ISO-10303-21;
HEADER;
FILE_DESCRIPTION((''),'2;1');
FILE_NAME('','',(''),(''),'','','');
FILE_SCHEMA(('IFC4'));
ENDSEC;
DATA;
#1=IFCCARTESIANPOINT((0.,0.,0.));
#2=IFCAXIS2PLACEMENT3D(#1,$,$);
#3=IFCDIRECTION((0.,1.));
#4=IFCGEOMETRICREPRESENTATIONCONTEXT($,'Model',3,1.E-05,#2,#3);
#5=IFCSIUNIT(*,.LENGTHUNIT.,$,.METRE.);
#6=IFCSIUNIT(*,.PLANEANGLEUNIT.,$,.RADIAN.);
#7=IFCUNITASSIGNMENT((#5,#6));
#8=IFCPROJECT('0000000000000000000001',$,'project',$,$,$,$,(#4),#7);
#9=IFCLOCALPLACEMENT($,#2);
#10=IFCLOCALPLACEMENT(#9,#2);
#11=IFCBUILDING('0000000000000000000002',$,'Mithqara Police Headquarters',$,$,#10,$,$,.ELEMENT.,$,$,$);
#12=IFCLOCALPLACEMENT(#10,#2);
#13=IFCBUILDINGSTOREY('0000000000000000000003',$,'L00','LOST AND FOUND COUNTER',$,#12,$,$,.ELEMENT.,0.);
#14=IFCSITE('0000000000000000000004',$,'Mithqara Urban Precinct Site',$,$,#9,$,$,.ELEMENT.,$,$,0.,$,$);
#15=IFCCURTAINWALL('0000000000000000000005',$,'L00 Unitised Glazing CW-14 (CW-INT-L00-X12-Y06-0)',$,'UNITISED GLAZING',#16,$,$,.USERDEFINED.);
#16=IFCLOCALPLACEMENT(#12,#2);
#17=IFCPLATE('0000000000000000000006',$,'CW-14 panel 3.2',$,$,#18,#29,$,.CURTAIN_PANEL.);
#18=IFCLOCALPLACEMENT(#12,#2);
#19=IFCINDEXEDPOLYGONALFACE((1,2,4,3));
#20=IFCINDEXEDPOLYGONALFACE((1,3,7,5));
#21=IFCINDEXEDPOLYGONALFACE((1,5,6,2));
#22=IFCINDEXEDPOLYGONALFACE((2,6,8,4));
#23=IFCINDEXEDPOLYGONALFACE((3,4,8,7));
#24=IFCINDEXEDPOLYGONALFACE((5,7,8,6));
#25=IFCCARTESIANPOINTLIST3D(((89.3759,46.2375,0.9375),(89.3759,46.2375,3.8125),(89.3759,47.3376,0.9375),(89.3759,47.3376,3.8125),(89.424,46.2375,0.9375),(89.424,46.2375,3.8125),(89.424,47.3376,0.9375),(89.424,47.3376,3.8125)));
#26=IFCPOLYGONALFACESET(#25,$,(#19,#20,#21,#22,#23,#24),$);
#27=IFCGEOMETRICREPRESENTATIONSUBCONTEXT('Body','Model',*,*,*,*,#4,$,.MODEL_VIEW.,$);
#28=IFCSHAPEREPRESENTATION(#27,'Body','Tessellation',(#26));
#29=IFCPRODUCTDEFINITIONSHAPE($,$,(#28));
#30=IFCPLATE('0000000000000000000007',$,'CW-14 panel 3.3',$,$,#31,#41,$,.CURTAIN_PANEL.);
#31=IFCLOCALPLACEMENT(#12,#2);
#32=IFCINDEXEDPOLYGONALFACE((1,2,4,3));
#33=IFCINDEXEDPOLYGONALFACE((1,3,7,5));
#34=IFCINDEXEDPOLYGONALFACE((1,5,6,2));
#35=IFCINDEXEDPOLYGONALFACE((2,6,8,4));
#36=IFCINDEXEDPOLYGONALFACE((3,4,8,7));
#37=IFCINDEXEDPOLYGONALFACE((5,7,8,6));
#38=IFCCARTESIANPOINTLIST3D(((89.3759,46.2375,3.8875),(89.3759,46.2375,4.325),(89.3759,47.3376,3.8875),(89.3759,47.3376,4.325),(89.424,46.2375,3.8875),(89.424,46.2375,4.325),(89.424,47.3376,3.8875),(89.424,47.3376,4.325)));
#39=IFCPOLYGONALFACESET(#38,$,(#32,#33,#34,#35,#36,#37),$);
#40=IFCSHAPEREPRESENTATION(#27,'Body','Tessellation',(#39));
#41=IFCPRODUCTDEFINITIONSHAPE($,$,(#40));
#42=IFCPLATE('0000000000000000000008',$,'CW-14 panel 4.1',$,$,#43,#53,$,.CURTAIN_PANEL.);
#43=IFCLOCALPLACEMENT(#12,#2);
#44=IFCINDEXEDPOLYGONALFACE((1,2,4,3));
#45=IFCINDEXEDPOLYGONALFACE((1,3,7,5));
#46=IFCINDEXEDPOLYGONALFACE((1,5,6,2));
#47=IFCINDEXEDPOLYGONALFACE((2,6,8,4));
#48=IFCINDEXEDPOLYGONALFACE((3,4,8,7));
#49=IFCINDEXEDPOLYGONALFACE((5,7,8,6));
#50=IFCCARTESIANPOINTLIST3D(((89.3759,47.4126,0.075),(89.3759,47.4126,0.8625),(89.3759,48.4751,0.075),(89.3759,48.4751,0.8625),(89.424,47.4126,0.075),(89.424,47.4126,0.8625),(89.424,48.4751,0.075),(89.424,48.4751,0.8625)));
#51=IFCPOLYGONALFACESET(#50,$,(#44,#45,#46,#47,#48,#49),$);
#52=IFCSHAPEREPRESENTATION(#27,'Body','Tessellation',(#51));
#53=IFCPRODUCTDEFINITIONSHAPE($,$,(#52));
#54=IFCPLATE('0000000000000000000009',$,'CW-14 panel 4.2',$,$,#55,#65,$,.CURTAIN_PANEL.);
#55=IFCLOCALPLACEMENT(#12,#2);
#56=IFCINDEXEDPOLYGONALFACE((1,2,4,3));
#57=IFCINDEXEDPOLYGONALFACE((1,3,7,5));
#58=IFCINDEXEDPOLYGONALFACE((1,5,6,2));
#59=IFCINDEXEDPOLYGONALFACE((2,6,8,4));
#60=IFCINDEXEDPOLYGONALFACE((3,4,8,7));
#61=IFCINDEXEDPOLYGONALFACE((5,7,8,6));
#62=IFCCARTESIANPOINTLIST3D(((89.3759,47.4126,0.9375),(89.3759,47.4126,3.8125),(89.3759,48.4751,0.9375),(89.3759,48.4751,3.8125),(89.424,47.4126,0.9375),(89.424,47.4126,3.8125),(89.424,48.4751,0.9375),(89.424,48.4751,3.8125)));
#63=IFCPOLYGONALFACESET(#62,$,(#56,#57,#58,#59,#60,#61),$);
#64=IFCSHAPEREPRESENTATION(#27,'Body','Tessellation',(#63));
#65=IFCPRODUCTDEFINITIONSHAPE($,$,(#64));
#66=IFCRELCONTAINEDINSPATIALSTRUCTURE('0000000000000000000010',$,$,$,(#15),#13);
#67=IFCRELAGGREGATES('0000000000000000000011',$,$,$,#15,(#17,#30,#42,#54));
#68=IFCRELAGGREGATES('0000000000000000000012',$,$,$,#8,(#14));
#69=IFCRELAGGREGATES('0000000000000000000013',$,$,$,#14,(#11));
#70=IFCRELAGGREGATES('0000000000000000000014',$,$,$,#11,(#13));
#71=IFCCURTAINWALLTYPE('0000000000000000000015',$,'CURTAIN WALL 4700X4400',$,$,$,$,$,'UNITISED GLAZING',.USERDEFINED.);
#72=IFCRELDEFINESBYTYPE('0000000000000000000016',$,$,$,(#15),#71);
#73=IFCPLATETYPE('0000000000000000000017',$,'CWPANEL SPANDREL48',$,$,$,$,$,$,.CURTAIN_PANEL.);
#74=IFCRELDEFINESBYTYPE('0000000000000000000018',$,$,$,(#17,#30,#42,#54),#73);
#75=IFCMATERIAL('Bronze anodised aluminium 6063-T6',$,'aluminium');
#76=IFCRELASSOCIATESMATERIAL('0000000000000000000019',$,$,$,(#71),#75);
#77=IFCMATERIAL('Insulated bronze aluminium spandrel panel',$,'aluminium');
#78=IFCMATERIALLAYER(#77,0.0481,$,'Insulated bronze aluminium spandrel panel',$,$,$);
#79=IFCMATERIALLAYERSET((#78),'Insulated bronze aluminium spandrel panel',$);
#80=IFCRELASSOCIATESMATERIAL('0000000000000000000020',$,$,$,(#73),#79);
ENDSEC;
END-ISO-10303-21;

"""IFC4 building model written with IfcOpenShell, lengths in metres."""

from ifc_helpers import new_model, si_unit, direction, frame, origin, origin_2d, place, context, subcontext, project, spatial, rectangle, extrude, material, layer, layer_set, type_object, element, aggregate, save


model = new_model("IFC4")

# Units and contexts
model_context = context("Model", 3, precision=1e-05, world=origin(), true_north=direction((0.0, 1.0)))
body_context = subcontext(model_context, "Body", "Model", "MODEL_VIEW")
ifc_project = project(units=[si_unit("LENGTHUNIT", "METRE"), si_unit("PLANEANGLEUNIT", "RADIAN")], contexts=[model_context])

# Site, building, storey
site_placement = place(None, origin())
site = spatial("IfcSite", under=ifc_project, at=site_placement, Name="Mithqara Urban Precinct Site", CompositionType="ELEMENT", RefElevation=0.0)
building_placement = place(site_placement, origin())
building = spatial("IfcBuilding", under=site, at=building_placement, Name="Mithqara Police Headquarters", CompositionType="ELEMENT")
storey_placement = place(building_placement, origin())
storey = spatial("IfcBuildingStorey", under=building, at=storey_placement, Name="L00", Description="LOST AND FOUND COUNTER", CompositionType="ELEMENT", Elevation=0.0)

# Curtain wall, plates
ifc_material_1 = material(Name="Bronze anodised aluminium 6063-T6", Category="aluminium")
curtain_wall_type = type_object("IfcCurtainWallType", Name="CURTAIN WALL 4700X4400", ElementType="UNITISED GLAZING", PredefinedType="USERDEFINED", material=ifc_material_1)
curtain_wall_placement = place(storey_placement, origin())
curtain_wall = element("IfcCurtainWall", 1, at=curtain_wall_placement, inside=storey, type_object=curtain_wall_type, Name="L00 Unitised Glazing CW-14 (CW-INT-L00-X12-Y06-0)", ObjectType="UNITISED GLAZING", PredefinedType="USERDEFINED")
ifc_material_2 = material(Name="Insulated bronze aluminium spandrel panel", Category="aluminium")
ifc_layer = layer(ifc_material_2, 0.0481, Name="Insulated bronze aluminium spandrel panel")
ifc_layer_set = layer_set([ifc_layer], Name="Insulated bronze aluminium spandrel panel")
plate_type = type_object("IfcPlateType", Name="CWPANEL SPANDREL48", PredefinedType="CURTAIN_PANEL", material=ifc_layer_set)
plate_1_placement = place(storey_placement, frame((89.3999, 46.7876, 0.9375), z_axis=(0.0, 0.0, 1.0), x_axis=(0.0, 1.0, 0.0)))
plate_1 = element("IfcPlate", 2, at=plate_1_placement, type_object=plate_type, Name="CW-14 panel 3.2", PredefinedType="CURTAIN_PANEL", context=body_context, shape_type="SweptSolid", body=[
    extrude(rectangle(XDim=1.1001, YDim=0.0481, at=origin_2d()), origin(), (0.0, 0.0, 1.0), 2.875),
])
plate_2_placement = place(storey_placement, frame((89.3999, 46.7876, 3.8875), z_axis=(0.0, 0.0, 1.0), x_axis=(0.0, 1.0, 0.0)))
plate_2 = element("IfcPlate", 3, at=plate_2_placement, type_object=plate_type, Name="CW-14 panel 3.3", PredefinedType="CURTAIN_PANEL", context=body_context, shape_type="SweptSolid", body=[
    extrude(rectangle(XDim=1.1001, YDim=0.0481, at=origin_2d()), origin(), (0.0, 0.0, 1.0), 0.4375),
])
plate_3_placement = place(storey_placement, frame((89.3999, 47.9438, 0.075), z_axis=(0.0, 0.0, 1.0), x_axis=(0.0, 1.0, 0.0)))
plate_3 = element("IfcPlate", 4, at=plate_3_placement, type_object=plate_type, Name="CW-14 panel 4.1", PredefinedType="CURTAIN_PANEL", context=body_context, shape_type="SweptSolid", body=[
    extrude(rectangle(XDim=1.0625, YDim=0.0481, at=origin_2d()), origin(), (0.0, 0.0, 1.0), 0.7876),
])
plate_4_placement = place(storey_placement, frame((89.3999, 47.9438, 0.9375), z_axis=(0.0, 0.0, 1.0), x_axis=(0.0, 1.0, 0.0)))
plate_4 = element("IfcPlate", 5, at=plate_4_placement, type_object=plate_type, Name="CW-14 panel 4.2", PredefinedType="CURTAIN_PANEL", context=body_context, shape_type="SweptSolid", body=[
    extrude(rectangle(XDim=1.0625, YDim=0.0481, at=origin_2d()), origin(), (0.0, 0.0, 1.0), 2.875),
])
aggregate(curtain_wall, [plate_1, plate_2, plate_3, plate_4])

save(model, "model.ifc")
